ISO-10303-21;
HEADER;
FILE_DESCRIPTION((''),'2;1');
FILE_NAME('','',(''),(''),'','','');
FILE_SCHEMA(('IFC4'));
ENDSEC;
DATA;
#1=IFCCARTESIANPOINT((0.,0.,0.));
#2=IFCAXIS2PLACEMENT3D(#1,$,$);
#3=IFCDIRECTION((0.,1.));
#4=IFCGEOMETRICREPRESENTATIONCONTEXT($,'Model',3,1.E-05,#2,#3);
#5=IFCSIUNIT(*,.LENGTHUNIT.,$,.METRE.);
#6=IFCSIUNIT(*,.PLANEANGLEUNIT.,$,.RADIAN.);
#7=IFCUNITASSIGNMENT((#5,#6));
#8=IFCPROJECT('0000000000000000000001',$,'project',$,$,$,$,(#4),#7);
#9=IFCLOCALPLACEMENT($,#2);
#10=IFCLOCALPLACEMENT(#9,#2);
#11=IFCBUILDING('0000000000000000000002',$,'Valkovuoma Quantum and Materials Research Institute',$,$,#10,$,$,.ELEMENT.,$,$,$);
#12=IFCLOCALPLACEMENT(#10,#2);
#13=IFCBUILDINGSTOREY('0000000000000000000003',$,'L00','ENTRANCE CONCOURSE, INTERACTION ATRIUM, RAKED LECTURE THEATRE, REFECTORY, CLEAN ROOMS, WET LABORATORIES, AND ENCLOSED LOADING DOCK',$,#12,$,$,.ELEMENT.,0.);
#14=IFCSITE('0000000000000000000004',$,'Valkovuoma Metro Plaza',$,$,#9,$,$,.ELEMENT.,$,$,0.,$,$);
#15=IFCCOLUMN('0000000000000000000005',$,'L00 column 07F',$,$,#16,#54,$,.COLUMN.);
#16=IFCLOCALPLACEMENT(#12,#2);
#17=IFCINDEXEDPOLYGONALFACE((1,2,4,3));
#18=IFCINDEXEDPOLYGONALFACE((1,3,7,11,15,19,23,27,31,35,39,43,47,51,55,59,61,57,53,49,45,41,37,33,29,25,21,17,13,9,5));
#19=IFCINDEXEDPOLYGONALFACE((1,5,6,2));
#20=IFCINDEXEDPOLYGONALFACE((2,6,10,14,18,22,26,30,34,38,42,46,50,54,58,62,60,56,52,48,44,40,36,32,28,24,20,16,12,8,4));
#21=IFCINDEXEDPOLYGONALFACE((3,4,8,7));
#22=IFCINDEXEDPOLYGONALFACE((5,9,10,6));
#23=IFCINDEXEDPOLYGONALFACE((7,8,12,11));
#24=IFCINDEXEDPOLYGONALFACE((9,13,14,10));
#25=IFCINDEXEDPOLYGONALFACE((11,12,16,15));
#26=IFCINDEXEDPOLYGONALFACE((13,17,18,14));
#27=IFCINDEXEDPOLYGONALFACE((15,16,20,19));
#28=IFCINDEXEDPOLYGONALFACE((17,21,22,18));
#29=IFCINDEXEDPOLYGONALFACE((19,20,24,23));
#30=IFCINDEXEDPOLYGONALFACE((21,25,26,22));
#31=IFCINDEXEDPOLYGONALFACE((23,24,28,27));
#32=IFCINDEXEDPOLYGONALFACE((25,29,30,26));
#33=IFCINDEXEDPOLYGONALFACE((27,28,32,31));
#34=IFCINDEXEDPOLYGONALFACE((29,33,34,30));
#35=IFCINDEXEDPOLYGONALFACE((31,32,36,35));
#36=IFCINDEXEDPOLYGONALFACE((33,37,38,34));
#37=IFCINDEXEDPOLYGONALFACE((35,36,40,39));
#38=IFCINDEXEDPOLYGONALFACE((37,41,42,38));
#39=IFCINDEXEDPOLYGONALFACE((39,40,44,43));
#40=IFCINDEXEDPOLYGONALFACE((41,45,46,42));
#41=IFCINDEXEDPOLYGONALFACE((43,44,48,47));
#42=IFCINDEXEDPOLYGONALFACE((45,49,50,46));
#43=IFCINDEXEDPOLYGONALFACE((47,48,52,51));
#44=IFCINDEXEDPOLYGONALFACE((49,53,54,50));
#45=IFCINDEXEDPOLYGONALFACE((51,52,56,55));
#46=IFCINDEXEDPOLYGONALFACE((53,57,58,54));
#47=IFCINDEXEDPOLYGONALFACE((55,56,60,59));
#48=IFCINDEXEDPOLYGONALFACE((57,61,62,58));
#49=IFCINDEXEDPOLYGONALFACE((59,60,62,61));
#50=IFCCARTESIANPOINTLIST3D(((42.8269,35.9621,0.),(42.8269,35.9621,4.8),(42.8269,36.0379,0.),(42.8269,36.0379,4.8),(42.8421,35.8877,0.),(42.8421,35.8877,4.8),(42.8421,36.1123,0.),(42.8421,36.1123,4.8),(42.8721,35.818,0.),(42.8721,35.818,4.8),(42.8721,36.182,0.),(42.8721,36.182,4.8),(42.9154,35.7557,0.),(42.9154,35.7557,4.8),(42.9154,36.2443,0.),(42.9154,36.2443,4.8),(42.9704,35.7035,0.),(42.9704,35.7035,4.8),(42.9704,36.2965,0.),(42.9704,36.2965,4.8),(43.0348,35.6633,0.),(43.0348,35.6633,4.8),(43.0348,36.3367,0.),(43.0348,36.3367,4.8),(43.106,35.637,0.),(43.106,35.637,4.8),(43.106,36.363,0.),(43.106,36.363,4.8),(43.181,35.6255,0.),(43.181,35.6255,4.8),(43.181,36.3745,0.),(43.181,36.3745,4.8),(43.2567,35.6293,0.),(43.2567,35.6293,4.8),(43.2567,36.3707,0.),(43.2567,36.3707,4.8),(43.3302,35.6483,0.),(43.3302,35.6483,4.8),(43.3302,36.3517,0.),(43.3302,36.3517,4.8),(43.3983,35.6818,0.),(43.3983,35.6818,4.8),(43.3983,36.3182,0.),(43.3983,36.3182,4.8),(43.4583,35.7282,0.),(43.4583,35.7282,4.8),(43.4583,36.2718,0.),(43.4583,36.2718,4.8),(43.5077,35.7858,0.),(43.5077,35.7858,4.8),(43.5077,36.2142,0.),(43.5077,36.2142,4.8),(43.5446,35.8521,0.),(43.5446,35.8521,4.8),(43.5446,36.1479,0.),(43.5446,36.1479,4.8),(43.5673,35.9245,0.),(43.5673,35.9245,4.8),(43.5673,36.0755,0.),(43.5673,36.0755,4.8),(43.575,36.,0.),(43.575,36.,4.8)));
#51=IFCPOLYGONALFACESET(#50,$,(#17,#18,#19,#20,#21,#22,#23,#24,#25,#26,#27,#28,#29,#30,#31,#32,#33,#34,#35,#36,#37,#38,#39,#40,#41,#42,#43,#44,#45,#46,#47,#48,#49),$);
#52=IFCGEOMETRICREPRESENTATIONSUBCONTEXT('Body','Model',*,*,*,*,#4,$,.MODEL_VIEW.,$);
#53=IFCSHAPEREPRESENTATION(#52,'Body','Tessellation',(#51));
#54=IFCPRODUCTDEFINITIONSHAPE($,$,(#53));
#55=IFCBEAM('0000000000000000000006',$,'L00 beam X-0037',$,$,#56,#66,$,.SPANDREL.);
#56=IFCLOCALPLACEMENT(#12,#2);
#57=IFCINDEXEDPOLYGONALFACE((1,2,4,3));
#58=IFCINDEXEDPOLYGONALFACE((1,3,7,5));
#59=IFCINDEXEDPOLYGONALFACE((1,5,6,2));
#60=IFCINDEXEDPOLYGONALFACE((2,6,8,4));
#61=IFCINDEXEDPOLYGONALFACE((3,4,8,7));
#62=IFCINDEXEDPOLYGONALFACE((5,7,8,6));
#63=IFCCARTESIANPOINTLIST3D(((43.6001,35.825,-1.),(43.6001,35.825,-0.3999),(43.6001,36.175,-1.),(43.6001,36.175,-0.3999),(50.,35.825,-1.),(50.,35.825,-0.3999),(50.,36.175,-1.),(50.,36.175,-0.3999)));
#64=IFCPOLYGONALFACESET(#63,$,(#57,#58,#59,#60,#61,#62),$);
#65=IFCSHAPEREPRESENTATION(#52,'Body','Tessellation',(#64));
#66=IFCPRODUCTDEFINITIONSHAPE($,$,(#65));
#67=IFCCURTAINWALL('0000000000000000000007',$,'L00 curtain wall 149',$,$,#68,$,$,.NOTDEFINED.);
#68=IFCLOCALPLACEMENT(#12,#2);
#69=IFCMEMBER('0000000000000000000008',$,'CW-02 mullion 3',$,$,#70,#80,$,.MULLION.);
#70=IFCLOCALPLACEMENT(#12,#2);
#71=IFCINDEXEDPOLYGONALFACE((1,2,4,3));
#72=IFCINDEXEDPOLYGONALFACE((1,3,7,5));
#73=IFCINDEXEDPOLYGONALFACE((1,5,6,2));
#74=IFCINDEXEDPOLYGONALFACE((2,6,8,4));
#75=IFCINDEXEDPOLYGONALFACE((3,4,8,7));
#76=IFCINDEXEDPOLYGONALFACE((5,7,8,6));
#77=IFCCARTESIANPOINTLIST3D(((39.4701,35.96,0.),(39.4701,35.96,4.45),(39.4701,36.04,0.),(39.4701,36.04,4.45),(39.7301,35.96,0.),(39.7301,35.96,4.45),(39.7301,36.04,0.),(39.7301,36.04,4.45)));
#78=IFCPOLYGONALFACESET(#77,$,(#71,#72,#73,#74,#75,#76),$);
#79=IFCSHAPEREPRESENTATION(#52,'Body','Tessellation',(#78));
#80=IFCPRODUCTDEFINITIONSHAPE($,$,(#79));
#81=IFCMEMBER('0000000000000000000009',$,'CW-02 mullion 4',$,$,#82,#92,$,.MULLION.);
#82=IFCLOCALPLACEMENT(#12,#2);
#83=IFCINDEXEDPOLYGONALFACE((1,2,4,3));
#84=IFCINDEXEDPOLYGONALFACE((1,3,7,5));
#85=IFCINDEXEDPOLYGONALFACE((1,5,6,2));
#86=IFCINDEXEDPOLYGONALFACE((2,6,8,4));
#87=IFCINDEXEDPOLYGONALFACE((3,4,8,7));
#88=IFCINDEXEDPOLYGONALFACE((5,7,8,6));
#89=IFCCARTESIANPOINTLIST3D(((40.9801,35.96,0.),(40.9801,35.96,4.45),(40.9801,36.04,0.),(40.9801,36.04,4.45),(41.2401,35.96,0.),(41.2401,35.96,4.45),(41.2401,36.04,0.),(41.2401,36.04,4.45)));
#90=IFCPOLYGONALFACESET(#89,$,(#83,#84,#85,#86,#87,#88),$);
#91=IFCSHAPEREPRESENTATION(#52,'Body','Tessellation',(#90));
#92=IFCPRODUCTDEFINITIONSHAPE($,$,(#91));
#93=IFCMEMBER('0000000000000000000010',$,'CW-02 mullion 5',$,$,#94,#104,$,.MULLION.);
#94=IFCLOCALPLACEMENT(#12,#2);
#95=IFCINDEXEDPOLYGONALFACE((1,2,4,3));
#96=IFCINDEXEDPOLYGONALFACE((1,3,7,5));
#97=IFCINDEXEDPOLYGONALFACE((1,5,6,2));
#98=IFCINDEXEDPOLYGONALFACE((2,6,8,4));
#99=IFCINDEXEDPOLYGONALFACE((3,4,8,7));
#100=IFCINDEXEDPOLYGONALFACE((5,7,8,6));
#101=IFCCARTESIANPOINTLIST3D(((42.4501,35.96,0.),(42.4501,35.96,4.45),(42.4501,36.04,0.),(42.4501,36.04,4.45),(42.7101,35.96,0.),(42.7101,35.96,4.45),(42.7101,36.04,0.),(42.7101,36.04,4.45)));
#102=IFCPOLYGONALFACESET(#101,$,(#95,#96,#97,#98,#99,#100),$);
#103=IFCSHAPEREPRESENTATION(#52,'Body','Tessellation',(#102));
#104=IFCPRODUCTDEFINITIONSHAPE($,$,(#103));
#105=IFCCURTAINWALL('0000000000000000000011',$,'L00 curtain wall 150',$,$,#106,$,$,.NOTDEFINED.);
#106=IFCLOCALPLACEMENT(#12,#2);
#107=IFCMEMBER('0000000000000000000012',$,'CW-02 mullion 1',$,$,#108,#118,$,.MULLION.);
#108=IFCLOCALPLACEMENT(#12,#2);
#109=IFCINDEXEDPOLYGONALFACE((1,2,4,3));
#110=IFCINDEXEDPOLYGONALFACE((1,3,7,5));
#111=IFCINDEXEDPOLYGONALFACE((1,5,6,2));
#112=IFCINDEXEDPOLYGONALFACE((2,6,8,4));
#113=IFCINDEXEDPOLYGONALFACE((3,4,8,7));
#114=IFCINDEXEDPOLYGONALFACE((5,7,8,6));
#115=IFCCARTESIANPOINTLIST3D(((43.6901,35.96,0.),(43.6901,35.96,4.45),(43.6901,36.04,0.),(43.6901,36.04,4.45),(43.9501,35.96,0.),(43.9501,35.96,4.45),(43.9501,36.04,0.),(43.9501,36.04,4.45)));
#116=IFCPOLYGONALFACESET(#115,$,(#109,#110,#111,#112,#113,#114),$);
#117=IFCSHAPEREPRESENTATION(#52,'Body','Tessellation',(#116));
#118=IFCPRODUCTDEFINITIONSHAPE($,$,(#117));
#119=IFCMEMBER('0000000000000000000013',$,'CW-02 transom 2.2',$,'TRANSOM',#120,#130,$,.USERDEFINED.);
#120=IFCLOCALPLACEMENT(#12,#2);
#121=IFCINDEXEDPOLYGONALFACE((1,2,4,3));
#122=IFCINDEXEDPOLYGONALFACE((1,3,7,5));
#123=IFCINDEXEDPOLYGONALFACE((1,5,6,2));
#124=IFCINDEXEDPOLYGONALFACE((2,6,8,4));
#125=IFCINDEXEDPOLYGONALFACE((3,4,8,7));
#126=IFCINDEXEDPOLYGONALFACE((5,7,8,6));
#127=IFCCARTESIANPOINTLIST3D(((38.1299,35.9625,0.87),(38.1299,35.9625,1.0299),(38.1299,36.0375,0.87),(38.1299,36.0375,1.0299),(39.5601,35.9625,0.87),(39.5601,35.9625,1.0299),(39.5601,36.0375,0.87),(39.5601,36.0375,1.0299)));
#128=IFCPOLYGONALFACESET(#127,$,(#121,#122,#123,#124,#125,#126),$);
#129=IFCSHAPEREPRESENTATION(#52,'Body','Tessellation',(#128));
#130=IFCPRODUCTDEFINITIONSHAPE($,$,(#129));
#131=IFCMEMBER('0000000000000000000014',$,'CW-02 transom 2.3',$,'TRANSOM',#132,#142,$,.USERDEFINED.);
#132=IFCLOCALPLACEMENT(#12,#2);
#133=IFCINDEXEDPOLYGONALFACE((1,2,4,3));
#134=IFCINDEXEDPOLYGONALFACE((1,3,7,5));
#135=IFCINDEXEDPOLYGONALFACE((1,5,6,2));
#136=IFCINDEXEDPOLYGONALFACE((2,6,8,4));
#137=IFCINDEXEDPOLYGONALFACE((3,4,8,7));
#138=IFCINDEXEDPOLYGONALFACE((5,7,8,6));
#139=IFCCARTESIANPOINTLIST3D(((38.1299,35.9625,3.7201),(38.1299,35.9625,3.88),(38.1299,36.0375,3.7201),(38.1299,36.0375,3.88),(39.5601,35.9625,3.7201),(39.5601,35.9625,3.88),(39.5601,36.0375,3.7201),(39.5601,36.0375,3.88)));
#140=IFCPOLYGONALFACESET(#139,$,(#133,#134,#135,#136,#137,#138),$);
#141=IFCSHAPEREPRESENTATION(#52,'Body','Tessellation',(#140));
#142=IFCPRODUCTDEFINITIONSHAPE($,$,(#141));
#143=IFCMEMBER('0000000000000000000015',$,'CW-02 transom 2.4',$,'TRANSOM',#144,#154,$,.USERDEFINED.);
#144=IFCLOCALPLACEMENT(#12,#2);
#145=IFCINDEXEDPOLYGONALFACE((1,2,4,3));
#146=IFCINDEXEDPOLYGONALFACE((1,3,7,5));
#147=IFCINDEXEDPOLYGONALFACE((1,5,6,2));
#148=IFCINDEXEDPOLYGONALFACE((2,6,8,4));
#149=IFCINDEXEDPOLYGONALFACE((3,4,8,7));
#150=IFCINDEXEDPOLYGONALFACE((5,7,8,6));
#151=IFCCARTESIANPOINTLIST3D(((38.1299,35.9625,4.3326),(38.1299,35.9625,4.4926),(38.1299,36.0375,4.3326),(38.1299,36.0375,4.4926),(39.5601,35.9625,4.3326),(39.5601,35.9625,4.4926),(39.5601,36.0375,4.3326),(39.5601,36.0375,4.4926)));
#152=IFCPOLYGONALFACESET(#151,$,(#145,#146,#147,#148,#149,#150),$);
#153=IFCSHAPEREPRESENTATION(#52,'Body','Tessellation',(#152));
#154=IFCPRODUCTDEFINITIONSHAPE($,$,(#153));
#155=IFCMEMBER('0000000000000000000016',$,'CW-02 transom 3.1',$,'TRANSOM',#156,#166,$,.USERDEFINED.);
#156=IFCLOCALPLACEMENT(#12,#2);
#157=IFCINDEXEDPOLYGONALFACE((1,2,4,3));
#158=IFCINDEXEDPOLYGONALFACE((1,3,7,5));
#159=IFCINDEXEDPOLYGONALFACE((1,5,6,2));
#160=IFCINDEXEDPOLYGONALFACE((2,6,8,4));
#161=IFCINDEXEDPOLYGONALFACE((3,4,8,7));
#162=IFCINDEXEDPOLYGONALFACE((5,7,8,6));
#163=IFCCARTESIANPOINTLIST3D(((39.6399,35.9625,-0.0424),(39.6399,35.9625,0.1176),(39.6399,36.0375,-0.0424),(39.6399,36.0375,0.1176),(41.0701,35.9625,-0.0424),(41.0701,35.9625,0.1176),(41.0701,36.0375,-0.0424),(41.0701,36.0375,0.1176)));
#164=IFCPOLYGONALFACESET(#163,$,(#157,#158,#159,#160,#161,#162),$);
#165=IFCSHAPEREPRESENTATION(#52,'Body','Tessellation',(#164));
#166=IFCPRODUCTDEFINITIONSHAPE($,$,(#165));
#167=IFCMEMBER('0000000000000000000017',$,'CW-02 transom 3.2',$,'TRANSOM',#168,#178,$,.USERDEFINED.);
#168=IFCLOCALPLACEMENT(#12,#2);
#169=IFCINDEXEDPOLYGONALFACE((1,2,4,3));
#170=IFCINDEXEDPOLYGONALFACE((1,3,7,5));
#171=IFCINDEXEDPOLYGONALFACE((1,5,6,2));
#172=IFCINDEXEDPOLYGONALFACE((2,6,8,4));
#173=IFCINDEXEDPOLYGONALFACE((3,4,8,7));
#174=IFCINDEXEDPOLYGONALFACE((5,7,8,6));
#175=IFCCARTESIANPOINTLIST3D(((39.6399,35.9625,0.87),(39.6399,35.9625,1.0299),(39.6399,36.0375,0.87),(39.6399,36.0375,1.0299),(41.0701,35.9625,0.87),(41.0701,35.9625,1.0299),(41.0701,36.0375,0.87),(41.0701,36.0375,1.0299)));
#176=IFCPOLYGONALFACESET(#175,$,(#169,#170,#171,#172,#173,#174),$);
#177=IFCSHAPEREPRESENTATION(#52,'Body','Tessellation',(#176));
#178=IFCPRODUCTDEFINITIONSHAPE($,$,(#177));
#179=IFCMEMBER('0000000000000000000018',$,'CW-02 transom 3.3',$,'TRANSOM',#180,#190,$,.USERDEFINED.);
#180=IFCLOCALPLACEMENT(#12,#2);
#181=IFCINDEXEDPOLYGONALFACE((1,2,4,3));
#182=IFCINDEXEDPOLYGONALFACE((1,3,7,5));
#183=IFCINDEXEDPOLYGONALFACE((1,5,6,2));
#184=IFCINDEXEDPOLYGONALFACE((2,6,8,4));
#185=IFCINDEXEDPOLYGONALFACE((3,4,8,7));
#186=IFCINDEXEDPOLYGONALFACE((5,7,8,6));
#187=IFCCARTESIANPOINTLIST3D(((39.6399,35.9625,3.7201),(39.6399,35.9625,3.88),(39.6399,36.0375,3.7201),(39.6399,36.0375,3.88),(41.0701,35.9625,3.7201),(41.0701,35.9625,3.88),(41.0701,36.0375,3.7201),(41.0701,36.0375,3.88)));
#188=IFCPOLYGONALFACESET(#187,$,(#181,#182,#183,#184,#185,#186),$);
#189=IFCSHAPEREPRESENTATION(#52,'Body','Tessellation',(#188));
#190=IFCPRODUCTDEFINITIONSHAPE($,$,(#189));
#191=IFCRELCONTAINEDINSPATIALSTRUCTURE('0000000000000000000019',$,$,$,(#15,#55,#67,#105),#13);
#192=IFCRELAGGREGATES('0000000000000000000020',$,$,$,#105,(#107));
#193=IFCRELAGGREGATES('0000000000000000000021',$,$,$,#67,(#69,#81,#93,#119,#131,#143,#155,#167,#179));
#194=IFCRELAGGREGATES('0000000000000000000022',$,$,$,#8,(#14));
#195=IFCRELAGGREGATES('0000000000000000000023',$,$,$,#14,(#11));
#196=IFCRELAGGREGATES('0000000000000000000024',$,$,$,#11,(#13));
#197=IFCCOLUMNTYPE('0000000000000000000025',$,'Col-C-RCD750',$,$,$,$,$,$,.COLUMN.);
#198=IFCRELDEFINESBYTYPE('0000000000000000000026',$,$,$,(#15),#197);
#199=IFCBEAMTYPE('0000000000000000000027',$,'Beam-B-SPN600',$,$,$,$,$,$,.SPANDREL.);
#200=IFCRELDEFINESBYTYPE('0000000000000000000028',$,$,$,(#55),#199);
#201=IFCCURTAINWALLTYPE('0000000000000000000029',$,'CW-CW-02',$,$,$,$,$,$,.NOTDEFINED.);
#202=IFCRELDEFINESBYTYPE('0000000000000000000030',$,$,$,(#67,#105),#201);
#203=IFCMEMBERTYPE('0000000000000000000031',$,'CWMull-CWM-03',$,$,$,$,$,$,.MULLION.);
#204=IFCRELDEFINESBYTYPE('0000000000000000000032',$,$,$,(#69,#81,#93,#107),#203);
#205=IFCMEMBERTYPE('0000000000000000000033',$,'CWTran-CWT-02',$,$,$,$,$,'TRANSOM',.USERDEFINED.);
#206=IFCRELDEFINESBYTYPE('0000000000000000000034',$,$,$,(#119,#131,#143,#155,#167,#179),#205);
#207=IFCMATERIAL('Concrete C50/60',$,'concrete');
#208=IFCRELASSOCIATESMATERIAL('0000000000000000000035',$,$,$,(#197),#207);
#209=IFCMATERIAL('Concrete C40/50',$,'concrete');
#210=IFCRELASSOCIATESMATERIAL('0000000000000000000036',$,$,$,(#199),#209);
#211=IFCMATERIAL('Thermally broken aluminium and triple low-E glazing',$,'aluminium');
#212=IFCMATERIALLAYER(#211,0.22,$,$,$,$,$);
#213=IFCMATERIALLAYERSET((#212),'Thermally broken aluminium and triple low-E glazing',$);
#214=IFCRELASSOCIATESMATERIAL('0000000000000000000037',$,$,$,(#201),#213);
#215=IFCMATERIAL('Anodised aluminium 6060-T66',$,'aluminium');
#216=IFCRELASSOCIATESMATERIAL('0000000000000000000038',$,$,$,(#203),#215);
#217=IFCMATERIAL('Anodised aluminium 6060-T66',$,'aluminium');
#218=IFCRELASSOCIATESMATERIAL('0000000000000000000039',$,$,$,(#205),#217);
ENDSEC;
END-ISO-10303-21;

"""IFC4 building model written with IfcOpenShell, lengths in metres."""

from ifc_helpers import new_model, si_unit, direction, frame, origin, origin_2d, place, context, subcontext, project, spatial, rectangle, circle, extrude, material, layer, layer_set, material_profile, profile_set, type_object, element, aggregate, save


model = new_model("IFC4")

# Units and contexts
model_context = context("Model", 3, precision=1e-05, world=origin(), true_north=direction((0.0, 1.0)))
body_context = subcontext(model_context, "Body", "Model", "MODEL_VIEW")
ifc_project = project(units=[si_unit("LENGTHUNIT", "METRE"), si_unit("PLANEANGLEUNIT", "RADIAN")], contexts=[model_context])

# Site, building, storey
site_placement = place(None, origin())
site = spatial("IfcSite", under=ifc_project, at=site_placement, Name="Valkovuoma Metro Plaza", CompositionType="ELEMENT", RefElevation=0.0)
building_placement = place(site_placement, origin())
building = spatial("IfcBuilding", under=site, at=building_placement, Name="Valkovuoma Quantum and Materials Research Institute", CompositionType="ELEMENT")
storey_placement = place(building_placement, origin())
storey = spatial("IfcBuildingStorey", under=building, at=storey_placement, Name="L00", Description="ENTRANCE CONCOURSE, INTERACTION ATRIUM, RAKED LECTURE THEATRE, REFECTORY, CLEAN ROOMS, WET LABORATORIES, AND ENCLOSED LOADING DOCK", CompositionType="ELEMENT", Elevation=0.0)

# Column
ifc_material_1 = material(Name="Concrete C50/60", Category="concrete")
ifc_material_profile_1 = material_profile(ifc_material_1, circle(Radius=0.375, at=origin_2d()), Name="Concrete C50/60")
ifc_profile_set_1 = profile_set([ifc_material_profile_1], Name="Concrete C50/60")
column_type = type_object("IfcColumnType", Name="Col-C-RCD750", PredefinedType="COLUMN", material=ifc_profile_set_1)
column_placement = place(storey_placement, frame((43.2, 36.0, 0.0), z_axis=(0.0, 0.0, 1.0), x_axis=(1.0, 0.0, 0.0)))
element("IfcColumn", 1, at=column_placement, inside=storey, type_object=column_type, Name="L00 column 07F", PredefinedType="COLUMN", context=body_context, shape_type="SweptSolid", body=[
    extrude(circle(Radius=0.375, at=origin_2d()), origin(), (0.0, 0.0, 1.0), 4.8),
])

# Beam
ifc_material_2 = material(Name="Concrete C40/50", Category="concrete")
ifc_material_profile_2 = material_profile(ifc_material_2, rectangle(XDim=0.3501, YDim=0.6001, at=origin_2d()), Name="Concrete C40/50")
ifc_profile_set_2 = profile_set([ifc_material_profile_2], Name="Concrete C40/50")
beam_type = type_object("IfcBeamType", Name="Beam-B-SPN600", PredefinedType="SPANDREL", material=ifc_profile_set_2)
beam_placement = place(storey_placement, frame((43.6001, 36.0, -0.7), z_axis=(1.0, 0.0, 0.0), x_axis=(0.0, 1.0, 0.0)))
element("IfcBeam", 2, at=beam_placement, inside=storey, type_object=beam_type, Name="L00 beam X-0037", PredefinedType="SPANDREL", context=body_context, shape_type="SweptSolid", body=[
    extrude(rectangle(XDim=0.3501, YDim=0.6001, at=origin_2d()), origin(), (0.0, 0.0, 1.0), 6.3999),
])

# Curtain wall, members
ifc_material_3 = material(Name="Thermally broken aluminium and triple low-E glazing", Category="aluminium")
ifc_layer_1 = layer(ifc_material_3, 0.22)
ifc_layer_set_1 = layer_set([ifc_layer_1], Name="Thermally broken aluminium and triple low-E glazing")
curtain_wall_type = type_object("IfcCurtainWallType", Name="CW-CW-02", PredefinedType="NOTDEFINED", material=ifc_layer_set_1)
curtain_wall_1_placement = place(storey_placement, origin())
curtain_wall_1 = element("IfcCurtainWall", 3, at=curtain_wall_1_placement, inside=storey, type_object=curtain_wall_type, Name="L00 curtain wall 149", PredefinedType="NOTDEFINED")
ifc_material_4 = material(Name="Anodised aluminium 6060-T66", Category="aluminium")
ifc_material_profile_3 = material_profile(ifc_material_4, rectangle(XDim=0.0801, YDim=0.26, at=origin_2d()), Name="Anodised aluminium 6060-T66")
ifc_profile_set_3 = profile_set([ifc_material_profile_3], Name="Anodised aluminium 6060-T66")
member_type_1 = type_object("IfcMemberType", Name="CWMull-CWM-03", PredefinedType="MULLION", material=ifc_profile_set_3)
member_1_placement = place(storey_placement, frame((39.6001, 36.0, 0.0), z_axis=(0.0, 0.0, 1.0), x_axis=(0.0, 1.0, 0.0)))
member_1 = element("IfcMember", 4, at=member_1_placement, type_object=member_type_1, Name="CW-02 mullion 3", PredefinedType="MULLION", context=body_context, shape_type="SweptSolid", body=[
    extrude(rectangle(XDim=0.0801, YDim=0.26, at=origin_2d()), origin(), (0.0, 0.0, 1.0), 4.45),
])
member_2_placement = place(storey_placement, frame((41.1101, 36.0, 0.0), z_axis=(0.0, 0.0, 1.0), x_axis=(0.0, 1.0, 0.0)))
member_2 = element("IfcMember", 5, at=member_2_placement, type_object=member_type_1, Name="CW-02 mullion 4", PredefinedType="MULLION", context=body_context, shape_type="SweptSolid", body=[
    extrude(rectangle(XDim=0.0801, YDim=0.26, at=origin_2d()), origin(), (0.0, 0.0, 1.0), 4.45),
])
member_3_placement = place(storey_placement, frame((42.5801, 36.0, 0.0), z_axis=(0.0, 0.0, 1.0), x_axis=(0.0, 1.0, 0.0)))
member_3 = element("IfcMember", 6, at=member_3_placement, type_object=member_type_1, Name="CW-02 mullion 5", PredefinedType="MULLION", context=body_context, shape_type="SweptSolid", body=[
    extrude(rectangle(XDim=0.0801, YDim=0.26, at=origin_2d()), origin(), (0.0, 0.0, 1.0), 4.45),
])

# Curtain wall, member
curtain_wall_2_placement = place(storey_placement, origin())
curtain_wall_2 = element("IfcCurtainWall", 7, at=curtain_wall_2_placement, inside=storey, type_object=curtain_wall_type, Name="L00 curtain wall 150", PredefinedType="NOTDEFINED")
member_4_placement = place(storey_placement, frame((43.8201, 36.0, 0.0), z_axis=(0.0, 0.0, 1.0), x_axis=(0.0, 1.0, 0.0)))
member_4 = element("IfcMember", 8, at=member_4_placement, type_object=member_type_1, Name="CW-02 mullion 1", PredefinedType="MULLION", context=body_context, shape_type="SweptSolid", body=[
    extrude(rectangle(XDim=0.0801, YDim=0.26, at=origin_2d()), origin(), (0.0, 0.0, 1.0), 4.45),
])

# Members
ifc_material_5 = material(Name="Anodised aluminium 6060-T66", Category="aluminium")
ifc_material_profile_4 = material_profile(ifc_material_5, rectangle(XDim=0.075, YDim=0.1599, at=origin_2d()), Name="Anodised aluminium 6060-T66")
ifc_profile_set_4 = profile_set([ifc_material_profile_4], Name="Anodised aluminium 6060-T66")
member_type_2 = type_object("IfcMemberType", Name="CWTran-CWT-02", ElementType="TRANSOM", PredefinedType="USERDEFINED", material=ifc_profile_set_4)
member_5_placement = place(storey_placement, frame((38.1299, 36.0, 0.95), z_axis=(1.0, 0.0, 0.0), x_axis=(0.0, 1.0, 0.0)))
member_5 = element("IfcMember", 9, at=member_5_placement, type_object=member_type_2, Name="CW-02 transom 2.2", ObjectType="TRANSOM", PredefinedType="USERDEFINED", context=body_context, shape_type="SweptSolid", body=[
    extrude(rectangle(XDim=0.075, YDim=0.1599, at=origin_2d()), origin(), (0.0, 0.0, 1.0), 1.4302),
])
member_6_placement = place(storey_placement, frame((38.1299, 36.0, 3.8), z_axis=(1.0, 0.0, 0.0), x_axis=(0.0, 1.0, 0.0)))
member_6 = element("IfcMember", 10, at=member_6_placement, type_object=member_type_2, Name="CW-02 transom 2.3", ObjectType="TRANSOM", PredefinedType="USERDEFINED", context=body_context, shape_type="SweptSolid", body=[
    extrude(rectangle(XDim=0.075, YDim=0.1599, at=origin_2d()), origin(), (0.0, 0.0, 1.0), 1.4302),
])
member_7_placement = place(storey_placement, frame((38.1299, 36.0, 4.4126), z_axis=(1.0, 0.0, 0.0), x_axis=(0.0, 1.0, 0.0)))
member_7 = element("IfcMember", 11, at=member_7_placement, type_object=member_type_2, Name="CW-02 transom 2.4", ObjectType="TRANSOM", PredefinedType="USERDEFINED", context=body_context, shape_type="SweptSolid", body=[
    extrude(rectangle(XDim=0.075, YDim=0.1599, at=origin_2d()), origin(), (0.0, 0.0, 1.0), 1.4302),
])
member_8_placement = place(storey_placement, frame((39.6399, 36.0, 0.0376), z_axis=(1.0, 0.0, 0.0), x_axis=(0.0, 1.0, 0.0)))
member_8 = element("IfcMember", 12, at=member_8_placement, type_object=member_type_2, Name="CW-02 transom 3.1", ObjectType="TRANSOM", PredefinedType="USERDEFINED", context=body_context, shape_type="SweptSolid", body=[
    extrude(rectangle(XDim=0.075, YDim=0.1599, at=origin_2d()), origin(), (0.0, 0.0, 1.0), 1.4302),
])
member_9_placement = place(storey_placement, frame((39.6399, 36.0, 0.95), z_axis=(1.0, 0.0, 0.0), x_axis=(0.0, 1.0, 0.0)))
member_9 = element("IfcMember", 13, at=member_9_placement, type_object=member_type_2, Name="CW-02 transom 3.2", ObjectType="TRANSOM", PredefinedType="USERDEFINED", context=body_context, shape_type="SweptSolid", body=[
    extrude(rectangle(XDim=0.075, YDim=0.1599, at=origin_2d()), origin(), (0.0, 0.0, 1.0), 1.4302),
])
member_10_placement = place(storey_placement, frame((39.6399, 36.0, 3.8), z_axis=(1.0, 0.0, 0.0), x_axis=(0.0, 1.0, 0.0)))
member_10 = element("IfcMember", 14, at=member_10_placement, type_object=member_type_2, Name="CW-02 transom 3.3", ObjectType="TRANSOM", PredefinedType="USERDEFINED", context=body_context, shape_type="SweptSolid", body=[
    extrude(rectangle(XDim=0.075, YDim=0.1599, at=origin_2d()), origin(), (0.0, 0.0, 1.0), 1.4302),
])
aggregate(curtain_wall_2, [member_4])

aggregate(curtain_wall_1, [member_1, member_2, member_3, member_5, member_6, member_7, member_8, member_9, member_10])

save(model, "model.ifc")
